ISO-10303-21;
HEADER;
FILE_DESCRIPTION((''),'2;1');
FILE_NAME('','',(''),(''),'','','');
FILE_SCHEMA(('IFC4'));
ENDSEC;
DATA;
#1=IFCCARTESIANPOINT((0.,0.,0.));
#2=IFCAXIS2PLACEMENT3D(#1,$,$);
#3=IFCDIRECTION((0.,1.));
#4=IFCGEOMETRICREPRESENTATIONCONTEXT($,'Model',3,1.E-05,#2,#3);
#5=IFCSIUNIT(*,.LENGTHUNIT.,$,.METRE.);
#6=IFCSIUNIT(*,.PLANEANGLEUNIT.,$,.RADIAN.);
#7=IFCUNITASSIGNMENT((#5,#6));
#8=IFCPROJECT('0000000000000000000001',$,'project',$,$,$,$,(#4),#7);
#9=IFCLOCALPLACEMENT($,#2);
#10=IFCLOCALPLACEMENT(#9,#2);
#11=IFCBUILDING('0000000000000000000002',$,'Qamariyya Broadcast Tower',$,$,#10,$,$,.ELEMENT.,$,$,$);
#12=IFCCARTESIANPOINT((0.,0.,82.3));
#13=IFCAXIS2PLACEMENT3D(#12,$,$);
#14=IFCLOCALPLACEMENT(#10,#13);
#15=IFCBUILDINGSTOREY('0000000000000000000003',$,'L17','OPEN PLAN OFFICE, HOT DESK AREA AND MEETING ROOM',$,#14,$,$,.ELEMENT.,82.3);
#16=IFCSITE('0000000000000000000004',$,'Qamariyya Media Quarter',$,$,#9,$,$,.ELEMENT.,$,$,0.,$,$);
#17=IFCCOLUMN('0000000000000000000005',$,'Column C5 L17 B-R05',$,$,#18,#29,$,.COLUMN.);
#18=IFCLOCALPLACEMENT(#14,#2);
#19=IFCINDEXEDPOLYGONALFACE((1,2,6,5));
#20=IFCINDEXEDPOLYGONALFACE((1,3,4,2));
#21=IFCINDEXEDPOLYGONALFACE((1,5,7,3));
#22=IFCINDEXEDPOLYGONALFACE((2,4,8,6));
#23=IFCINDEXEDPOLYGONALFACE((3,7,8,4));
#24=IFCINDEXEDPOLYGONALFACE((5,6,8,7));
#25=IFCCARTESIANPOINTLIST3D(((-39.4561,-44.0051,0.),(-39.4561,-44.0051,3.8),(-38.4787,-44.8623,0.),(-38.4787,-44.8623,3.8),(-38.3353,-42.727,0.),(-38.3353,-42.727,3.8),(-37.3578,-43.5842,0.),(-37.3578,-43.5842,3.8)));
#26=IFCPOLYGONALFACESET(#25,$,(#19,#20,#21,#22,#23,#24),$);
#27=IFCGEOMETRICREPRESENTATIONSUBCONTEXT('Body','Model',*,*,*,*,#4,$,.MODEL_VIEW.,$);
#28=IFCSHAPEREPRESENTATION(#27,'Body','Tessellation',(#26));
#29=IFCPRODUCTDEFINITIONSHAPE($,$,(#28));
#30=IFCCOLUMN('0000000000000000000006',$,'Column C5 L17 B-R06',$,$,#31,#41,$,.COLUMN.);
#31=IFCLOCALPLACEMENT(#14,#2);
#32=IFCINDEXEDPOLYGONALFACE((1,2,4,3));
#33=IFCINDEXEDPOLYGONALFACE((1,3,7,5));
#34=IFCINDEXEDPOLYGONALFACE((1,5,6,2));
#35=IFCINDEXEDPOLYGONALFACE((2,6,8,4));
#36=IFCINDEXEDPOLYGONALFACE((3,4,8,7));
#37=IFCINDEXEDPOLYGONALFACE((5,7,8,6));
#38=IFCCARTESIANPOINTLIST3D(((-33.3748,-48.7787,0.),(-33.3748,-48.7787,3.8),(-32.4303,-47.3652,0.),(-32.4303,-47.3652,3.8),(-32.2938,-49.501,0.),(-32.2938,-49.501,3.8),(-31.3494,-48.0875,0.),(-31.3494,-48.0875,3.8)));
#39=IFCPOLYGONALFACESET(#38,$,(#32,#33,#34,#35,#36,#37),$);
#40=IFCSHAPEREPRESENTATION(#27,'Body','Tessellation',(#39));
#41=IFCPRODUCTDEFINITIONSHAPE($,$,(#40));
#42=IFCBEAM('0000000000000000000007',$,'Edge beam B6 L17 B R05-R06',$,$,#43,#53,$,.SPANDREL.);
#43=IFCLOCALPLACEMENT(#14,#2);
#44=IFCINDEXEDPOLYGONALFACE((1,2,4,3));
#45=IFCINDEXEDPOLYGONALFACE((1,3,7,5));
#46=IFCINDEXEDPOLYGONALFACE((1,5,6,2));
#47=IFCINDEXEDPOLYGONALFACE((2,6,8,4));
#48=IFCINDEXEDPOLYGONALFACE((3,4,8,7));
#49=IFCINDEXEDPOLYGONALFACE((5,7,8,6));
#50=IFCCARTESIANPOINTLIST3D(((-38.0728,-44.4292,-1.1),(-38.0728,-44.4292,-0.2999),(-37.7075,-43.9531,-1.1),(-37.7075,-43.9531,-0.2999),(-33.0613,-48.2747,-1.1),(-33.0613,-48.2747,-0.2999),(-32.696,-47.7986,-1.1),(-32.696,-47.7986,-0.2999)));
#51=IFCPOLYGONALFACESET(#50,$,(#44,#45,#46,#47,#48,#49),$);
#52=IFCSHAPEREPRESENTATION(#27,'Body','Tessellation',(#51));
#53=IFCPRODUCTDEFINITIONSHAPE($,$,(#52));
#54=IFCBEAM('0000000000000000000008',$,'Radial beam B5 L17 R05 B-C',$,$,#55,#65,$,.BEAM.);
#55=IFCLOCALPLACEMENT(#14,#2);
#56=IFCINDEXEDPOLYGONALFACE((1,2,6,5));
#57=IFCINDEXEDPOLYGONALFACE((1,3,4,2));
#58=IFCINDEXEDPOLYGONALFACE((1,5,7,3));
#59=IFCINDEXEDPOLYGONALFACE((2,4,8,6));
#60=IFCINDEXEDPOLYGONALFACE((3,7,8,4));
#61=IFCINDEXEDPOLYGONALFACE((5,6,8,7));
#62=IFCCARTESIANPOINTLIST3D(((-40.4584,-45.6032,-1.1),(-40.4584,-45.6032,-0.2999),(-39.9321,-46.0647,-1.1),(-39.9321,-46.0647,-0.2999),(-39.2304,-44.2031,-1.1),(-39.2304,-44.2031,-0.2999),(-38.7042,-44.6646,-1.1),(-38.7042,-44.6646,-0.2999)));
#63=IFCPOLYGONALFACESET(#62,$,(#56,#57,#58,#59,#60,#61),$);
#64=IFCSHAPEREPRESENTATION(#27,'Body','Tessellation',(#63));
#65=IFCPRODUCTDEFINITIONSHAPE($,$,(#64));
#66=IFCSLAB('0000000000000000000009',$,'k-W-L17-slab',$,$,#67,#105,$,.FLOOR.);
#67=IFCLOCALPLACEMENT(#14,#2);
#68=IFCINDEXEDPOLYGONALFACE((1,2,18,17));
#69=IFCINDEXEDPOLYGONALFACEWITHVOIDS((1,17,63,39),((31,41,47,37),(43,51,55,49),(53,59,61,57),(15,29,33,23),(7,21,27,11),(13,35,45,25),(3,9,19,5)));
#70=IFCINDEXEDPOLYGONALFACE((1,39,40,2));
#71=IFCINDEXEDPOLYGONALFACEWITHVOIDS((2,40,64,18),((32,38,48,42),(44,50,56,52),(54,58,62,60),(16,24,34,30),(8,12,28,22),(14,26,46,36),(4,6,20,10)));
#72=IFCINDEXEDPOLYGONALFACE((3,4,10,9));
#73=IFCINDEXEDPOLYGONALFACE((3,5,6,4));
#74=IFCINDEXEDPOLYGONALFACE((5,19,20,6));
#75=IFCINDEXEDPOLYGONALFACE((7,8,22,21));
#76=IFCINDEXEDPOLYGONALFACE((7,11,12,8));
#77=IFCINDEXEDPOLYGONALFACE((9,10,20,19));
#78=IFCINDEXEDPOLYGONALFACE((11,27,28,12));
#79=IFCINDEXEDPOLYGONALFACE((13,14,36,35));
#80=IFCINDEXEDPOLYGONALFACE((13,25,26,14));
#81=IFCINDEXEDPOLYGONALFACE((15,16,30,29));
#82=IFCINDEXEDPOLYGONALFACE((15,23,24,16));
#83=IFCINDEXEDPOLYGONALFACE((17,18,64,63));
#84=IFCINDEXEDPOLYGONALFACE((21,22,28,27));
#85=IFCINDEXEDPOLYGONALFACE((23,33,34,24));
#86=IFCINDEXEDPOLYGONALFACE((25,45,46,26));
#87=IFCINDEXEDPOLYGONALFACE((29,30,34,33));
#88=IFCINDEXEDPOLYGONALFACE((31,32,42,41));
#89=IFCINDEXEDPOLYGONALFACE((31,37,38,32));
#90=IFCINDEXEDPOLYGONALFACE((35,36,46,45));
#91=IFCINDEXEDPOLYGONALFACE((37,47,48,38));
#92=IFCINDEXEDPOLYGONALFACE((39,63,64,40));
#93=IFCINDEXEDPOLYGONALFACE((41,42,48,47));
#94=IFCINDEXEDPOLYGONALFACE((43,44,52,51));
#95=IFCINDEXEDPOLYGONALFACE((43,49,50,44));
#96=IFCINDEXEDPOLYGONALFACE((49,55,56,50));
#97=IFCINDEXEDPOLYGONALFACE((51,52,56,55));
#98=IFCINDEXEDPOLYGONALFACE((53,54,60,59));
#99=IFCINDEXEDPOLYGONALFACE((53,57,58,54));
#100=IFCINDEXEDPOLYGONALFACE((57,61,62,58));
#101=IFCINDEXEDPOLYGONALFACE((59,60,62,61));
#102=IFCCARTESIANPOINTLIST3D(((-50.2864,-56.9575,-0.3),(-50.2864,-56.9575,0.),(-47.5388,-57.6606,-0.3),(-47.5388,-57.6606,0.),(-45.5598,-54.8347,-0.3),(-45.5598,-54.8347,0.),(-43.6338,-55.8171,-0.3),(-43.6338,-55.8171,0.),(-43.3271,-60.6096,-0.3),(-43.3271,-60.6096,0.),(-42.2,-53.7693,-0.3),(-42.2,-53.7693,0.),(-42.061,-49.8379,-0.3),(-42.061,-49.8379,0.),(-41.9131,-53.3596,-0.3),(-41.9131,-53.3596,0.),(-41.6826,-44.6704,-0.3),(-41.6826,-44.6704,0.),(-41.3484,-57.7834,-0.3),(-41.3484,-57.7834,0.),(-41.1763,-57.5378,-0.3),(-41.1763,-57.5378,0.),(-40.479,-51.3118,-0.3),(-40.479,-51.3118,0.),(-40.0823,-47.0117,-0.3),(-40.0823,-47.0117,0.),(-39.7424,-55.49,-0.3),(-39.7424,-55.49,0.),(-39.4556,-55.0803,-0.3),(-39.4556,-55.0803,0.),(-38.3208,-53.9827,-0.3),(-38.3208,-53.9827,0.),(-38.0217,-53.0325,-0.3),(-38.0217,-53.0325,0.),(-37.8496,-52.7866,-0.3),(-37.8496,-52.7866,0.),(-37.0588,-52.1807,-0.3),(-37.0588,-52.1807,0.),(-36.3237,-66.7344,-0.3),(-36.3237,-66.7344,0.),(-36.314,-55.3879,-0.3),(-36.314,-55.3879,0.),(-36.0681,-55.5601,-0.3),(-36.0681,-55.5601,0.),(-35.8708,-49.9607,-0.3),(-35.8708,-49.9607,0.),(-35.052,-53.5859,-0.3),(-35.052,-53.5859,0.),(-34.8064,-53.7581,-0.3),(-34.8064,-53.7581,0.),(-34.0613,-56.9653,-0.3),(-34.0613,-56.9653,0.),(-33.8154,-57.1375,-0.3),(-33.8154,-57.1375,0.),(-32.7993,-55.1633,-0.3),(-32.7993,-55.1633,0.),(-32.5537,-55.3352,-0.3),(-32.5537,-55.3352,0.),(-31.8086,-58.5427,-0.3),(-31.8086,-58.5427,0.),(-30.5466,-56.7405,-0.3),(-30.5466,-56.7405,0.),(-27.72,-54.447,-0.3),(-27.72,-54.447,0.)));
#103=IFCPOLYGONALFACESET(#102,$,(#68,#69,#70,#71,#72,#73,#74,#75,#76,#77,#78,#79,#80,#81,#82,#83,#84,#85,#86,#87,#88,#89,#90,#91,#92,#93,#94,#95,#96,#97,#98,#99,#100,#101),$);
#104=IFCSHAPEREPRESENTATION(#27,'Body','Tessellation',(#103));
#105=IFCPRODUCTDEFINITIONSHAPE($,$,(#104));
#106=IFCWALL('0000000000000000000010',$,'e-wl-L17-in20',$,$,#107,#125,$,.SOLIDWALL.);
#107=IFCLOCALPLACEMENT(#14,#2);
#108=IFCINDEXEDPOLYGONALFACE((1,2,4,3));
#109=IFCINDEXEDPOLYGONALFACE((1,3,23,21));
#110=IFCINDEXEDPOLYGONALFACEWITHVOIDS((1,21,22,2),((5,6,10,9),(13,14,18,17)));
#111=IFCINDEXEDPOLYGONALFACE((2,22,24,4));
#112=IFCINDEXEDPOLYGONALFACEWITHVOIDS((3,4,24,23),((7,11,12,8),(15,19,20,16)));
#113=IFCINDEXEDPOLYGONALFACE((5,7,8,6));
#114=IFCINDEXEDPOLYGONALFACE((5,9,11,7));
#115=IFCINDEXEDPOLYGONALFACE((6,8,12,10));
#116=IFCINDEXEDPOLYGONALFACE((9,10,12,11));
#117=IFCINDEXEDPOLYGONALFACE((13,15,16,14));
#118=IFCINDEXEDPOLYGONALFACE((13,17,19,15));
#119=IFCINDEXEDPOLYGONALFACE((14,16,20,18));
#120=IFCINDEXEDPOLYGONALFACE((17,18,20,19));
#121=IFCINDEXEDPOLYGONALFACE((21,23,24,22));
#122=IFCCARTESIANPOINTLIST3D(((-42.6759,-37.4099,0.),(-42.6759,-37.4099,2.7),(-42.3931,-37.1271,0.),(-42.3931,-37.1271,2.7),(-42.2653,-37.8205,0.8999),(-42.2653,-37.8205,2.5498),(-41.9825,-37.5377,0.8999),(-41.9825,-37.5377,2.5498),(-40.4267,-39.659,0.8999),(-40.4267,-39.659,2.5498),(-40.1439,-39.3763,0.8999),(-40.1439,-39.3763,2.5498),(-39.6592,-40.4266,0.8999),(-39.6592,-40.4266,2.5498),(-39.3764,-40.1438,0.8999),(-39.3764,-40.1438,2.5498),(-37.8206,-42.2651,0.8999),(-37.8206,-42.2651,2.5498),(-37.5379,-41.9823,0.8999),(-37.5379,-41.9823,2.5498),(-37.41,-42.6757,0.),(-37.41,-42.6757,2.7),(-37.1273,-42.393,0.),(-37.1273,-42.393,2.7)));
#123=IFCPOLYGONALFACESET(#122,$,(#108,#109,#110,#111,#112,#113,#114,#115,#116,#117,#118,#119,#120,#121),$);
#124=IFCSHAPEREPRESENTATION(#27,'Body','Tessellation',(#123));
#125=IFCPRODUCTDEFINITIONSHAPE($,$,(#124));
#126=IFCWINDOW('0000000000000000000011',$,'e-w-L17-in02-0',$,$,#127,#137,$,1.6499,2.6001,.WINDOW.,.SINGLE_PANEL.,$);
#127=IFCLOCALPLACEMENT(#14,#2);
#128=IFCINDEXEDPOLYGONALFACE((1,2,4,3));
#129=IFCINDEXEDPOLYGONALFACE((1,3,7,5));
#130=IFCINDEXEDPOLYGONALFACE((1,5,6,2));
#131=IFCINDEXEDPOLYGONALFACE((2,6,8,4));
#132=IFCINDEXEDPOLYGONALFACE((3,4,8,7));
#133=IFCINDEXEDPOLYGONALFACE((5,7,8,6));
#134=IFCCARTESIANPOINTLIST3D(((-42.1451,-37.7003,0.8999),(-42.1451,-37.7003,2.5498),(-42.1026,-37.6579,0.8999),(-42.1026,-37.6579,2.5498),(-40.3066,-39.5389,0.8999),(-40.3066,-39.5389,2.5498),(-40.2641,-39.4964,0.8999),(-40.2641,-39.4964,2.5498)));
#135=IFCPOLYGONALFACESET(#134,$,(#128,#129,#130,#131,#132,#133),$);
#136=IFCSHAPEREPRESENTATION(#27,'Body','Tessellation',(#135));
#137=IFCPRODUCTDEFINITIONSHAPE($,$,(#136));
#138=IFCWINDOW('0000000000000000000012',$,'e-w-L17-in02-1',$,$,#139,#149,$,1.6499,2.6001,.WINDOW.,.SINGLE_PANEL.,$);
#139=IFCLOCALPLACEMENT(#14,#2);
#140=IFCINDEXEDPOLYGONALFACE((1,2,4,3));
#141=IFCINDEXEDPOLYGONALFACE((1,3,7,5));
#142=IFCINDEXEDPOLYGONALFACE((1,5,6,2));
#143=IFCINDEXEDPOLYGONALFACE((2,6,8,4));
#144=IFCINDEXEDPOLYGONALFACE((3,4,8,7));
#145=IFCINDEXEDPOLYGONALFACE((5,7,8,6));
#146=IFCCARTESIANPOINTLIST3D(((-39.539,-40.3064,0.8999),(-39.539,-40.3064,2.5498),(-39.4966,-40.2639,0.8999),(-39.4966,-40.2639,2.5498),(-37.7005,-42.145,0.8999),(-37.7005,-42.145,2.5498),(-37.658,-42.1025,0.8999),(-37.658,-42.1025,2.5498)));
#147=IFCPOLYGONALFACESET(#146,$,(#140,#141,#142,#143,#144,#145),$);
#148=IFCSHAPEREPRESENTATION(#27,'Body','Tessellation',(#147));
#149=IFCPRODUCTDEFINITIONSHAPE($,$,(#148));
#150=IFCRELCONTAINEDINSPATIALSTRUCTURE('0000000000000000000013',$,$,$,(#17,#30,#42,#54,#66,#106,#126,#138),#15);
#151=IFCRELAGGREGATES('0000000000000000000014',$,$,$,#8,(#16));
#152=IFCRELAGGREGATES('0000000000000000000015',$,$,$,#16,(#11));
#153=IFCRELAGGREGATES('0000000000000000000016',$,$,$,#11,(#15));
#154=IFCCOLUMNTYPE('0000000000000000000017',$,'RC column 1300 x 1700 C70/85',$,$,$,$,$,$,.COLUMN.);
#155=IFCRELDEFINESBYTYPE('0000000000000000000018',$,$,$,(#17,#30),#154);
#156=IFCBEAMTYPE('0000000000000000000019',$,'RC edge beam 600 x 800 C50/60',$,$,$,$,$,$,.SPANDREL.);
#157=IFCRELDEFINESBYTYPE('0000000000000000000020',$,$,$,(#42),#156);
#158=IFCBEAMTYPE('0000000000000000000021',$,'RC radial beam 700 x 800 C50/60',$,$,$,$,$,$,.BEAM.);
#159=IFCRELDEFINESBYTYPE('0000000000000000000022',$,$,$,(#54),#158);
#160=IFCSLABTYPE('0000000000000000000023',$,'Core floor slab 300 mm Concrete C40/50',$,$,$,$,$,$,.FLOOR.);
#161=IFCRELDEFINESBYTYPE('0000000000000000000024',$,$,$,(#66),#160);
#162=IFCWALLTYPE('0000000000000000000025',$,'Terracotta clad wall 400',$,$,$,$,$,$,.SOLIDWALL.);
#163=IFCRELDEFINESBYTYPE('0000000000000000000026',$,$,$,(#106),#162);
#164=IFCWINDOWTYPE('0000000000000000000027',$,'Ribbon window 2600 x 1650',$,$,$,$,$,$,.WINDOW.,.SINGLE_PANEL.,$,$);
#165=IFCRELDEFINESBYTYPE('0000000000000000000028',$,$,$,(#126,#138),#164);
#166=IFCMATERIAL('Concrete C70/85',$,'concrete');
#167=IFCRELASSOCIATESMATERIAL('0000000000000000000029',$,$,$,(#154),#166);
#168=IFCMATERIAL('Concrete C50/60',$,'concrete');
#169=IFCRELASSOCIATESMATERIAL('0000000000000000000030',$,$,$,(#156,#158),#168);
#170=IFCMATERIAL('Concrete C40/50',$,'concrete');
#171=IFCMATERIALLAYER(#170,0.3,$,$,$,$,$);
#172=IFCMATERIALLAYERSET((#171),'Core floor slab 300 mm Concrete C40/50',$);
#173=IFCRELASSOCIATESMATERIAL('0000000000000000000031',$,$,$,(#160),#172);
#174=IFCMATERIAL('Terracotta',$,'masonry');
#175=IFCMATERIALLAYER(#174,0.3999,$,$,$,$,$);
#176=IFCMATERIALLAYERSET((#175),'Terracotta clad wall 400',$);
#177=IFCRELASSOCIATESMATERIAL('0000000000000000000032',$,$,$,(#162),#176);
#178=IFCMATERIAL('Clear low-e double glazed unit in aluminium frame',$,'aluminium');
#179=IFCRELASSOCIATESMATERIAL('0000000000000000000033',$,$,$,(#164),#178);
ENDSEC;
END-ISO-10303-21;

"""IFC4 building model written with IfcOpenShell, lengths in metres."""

from ifc_helpers import new_model, si_unit, direction, frame, frame_2d, origin, origin_2d, place, context, subcontext, project, spatial, polyline, rectangle, outline, extrude, material, layer, layer_set, material_profile, profile_set, type_object, element, fill, save


model = new_model("IFC4")

# Units and contexts
model_context = context("Model", 3, precision=1e-05, world=origin(), true_north=direction((0.0, 1.0)))
body_context = subcontext(model_context, "Body", "Model", "MODEL_VIEW")
ifc_project = project(units=[si_unit("LENGTHUNIT", "METRE"), si_unit("PLANEANGLEUNIT", "RADIAN")], contexts=[model_context])

# Site, building, storey
site_placement = place(None, origin())
site = spatial("IfcSite", under=ifc_project, at=site_placement, Name="Qamariyya Media Quarter", CompositionType="ELEMENT", RefElevation=0.0)
building_placement = place(site_placement, origin())
building = spatial("IfcBuilding", under=site, at=building_placement, Name="Qamariyya Broadcast Tower", CompositionType="ELEMENT")
storey_placement = place(building_placement, frame((0.0, 0.0, 82.3)))
storey = spatial("IfcBuildingStorey", under=building, at=storey_placement, Name="L17", Description="OPEN PLAN OFFICE, HOT DESK AREA AND MEETING ROOM", CompositionType="ELEMENT", Elevation=82.3)

# Columns
ifc_material_1 = material(Name="Concrete C70/85", Category="concrete")
ifc_material_profile_1 = material_profile(ifc_material_1, rectangle(XDim=1.3, YDim=1.7, at=origin_2d()))
ifc_profile_set_1 = profile_set([ifc_material_profile_1], Name="Concrete C70/85")
column_type = type_object("IfcColumnType", Name="RC column 1300 x 1700 C70/85", PredefinedType="COLUMN", material=ifc_profile_set_1)
for number, where, z_axis, x_axis, name in (
    (1, (-38.407, -43.7947, 0.0), (0.0, 0.0, 1.0), (0.75184, -0.659346, 0.0), "Column C5 L17 B-R05"),
    (2, (-32.3621, -48.4331, 0.0), (0.0, 0.0, 1.0), (0.83147, -0.55557, 0.0), "Column C5 L17 B-R06"),
):
    element("IfcColumn", number, at=place(storey_placement, frame(where, z_axis=z_axis, x_axis=x_axis)), inside=storey, type_object=column_type, Name=name, PredefinedType="COLUMN", context=body_context, shape_type="SweptSolid", body=[
        extrude(rectangle(XDim=1.3, YDim=1.7, at=origin_2d()), origin(), (0.0, 0.0, 1.0), 3.8),
    ])

# Beams
ifc_material_2 = material(Name="Concrete C50/60", Category="concrete")
ifc_material_profile_2 = material_profile(ifc_material_2, rectangle(XDim=0.6001, YDim=0.8, at=origin_2d()))
ifc_profile_set_2 = profile_set([ifc_material_profile_2], Name="Concrete C50/60")
beam_type_1 = type_object("IfcBeamType", Name="RC edge beam 600 x 800 C50/60", PredefinedType="SPANDREL", material=ifc_profile_set_2)
beam_1_placement = place(storey_placement, frame((-37.8901, -44.1912, -0.7), z_axis=(0.793352, -0.608763, 0.0), x_axis=(0.608763, 0.793352, 0.0)))
element("IfcBeam", 3, at=beam_1_placement, inside=storey, type_object=beam_type_1, Name="Edge beam B6 L17 B R05-R06", PredefinedType="SPANDREL", context=body_context, shape_type="SweptSolid", body=[
    extrude(rectangle(XDim=0.6001, YDim=0.8, at=origin_2d()), origin(), (0.0, 0.0, 1.0), 6.3169),
])
ifc_material_profile_3 = material_profile(ifc_material_2, rectangle(XDim=0.7, YDim=0.8, at=origin_2d()))
ifc_profile_set_3 = profile_set([ifc_material_profile_3], Name="Concrete C50/60")
beam_type_2 = type_object("IfcBeamType", Name="RC radial beam 700 x 800 C50/60", PredefinedType="BEAM", material=ifc_profile_set_3)
beam_2_placement = place(storey_placement, frame((-38.9673, -44.4338, -0.7), z_axis=(-0.659386, -0.751805, 0.0), x_axis=(0.751805, -0.659386, 0.0)))
element("IfcBeam", 4, at=beam_2_placement, inside=storey, type_object=beam_type_2, Name="Radial beam B5 L17 R05 B-C", PredefinedType="BEAM", context=body_context, shape_type="SweptSolid", body=[
    extrude(rectangle(XDim=0.7, YDim=0.8, at=origin_2d()), origin(), (0.0, 0.0, 1.0), 1.8623),
])

# Slab
ifc_material_3 = material(Name="Concrete C40/50", Category="concrete")
ifc_layer_1 = layer(ifc_material_3, 0.3)
ifc_layer_set_1 = layer_set([ifc_layer_1], Name="Core floor slab 300 mm Concrete C40/50")
slab_type_1 = type_object("IfcSlabType", Name="Core floor slab 300 mm Concrete C40/50", PredefinedType="FLOOR", material=ifc_layer_set_1)
slab_1_placement = place(storey_placement, frame((0.0, 0.0, -0.3)))
element("IfcSlab", 5, at=slab_1_placement, inside=storey, type_object=slab_type_1, Name="k-W-L17-slab", PredefinedType="FLOOR", context=body_context, shape_type="SweptSolid", body=[
    extrude(outline(polyline([(-50.2864, -56.9575), (-36.3237, -66.7344), (-27.72, -54.447), (-41.6826, -44.6704), (-50.2864, -56.9575)]), holes=[polyline([(-31.8086, -58.5427), (-33.8154, -57.1375), (-32.5537, -55.3352), (-30.5466, -56.7405), (-31.8086, -58.5427)]), polyline([(-34.0613, -56.9653), (-36.0681, -55.5601), (-34.8064, -53.7581), (-32.7993, -55.1633), (-34.0613, -56.9653)]), polyline([(-36.314, -55.3879), (-38.3208, -53.9827), (-37.0588, -52.1807), (-35.052, -53.5859), (-36.314, -55.3879)]), polyline([(-39.7424, -55.49), (-42.2, -53.7693), (-43.6338, -55.8171), (-41.1763, -57.5378), (-39.7424, -55.49)]), polyline([(-39.4556, -55.0803), (-41.9131, -53.3596), (-40.479, -51.3118), (-38.0217, -53.0325), (-39.4556, -55.0803)]), polyline([(-42.061, -49.8379), (-37.8496, -52.7866), (-35.8708, -49.9607), (-40.0823, -47.0117), (-42.061, -49.8379)]), polyline([(-47.5388, -57.6606), (-43.3271, -60.6096), (-41.3484, -57.7834), (-45.5598, -54.8347), (-47.5388, -57.6606)])]), origin(), (0.0, 0.0, 1.0), 0.3),
])

# Wall, openings, windows
ifc_material_4 = material(Name="Terracotta", Category="masonry")
ifc_layer_2 = layer(ifc_material_4, 0.3999)
ifc_layer_set_2 = layer_set([ifc_layer_2], Name="Terracotta clad wall 400")
wall_type = type_object("IfcWallType", Name="Terracotta clad wall 400", PredefinedType="SOLIDWALL", material=ifc_layer_set_2)
wall_1_placement = place(storey_placement, frame((-37.2686, -42.5344, 0.0), z_axis=(0.0, 0.0, 1.0), x_axis=(-0.707107, 0.707107, 0.0)))
wall_1 = element("IfcWall", 6, at=wall_1_placement, inside=storey, type_object=wall_type, Name="e-wl-L17-in20", PredefinedType="SOLIDWALL", context=body_context, shape_type="SweptSolid", body=[
    extrude(rectangle(XDim=7.447, YDim=0.3999, at=frame_2d((3.7236, 0.0))), origin(), (0.0, 0.0, 1.0), 2.7),
])
opening_1_placement = place(wall_1_placement, frame((4.2664, 0.0, 0.8999)))
opening_1 = element("IfcOpeningElement", 7, at=opening_1_placement, cuts=wall_1, PredefinedType="OPENING", context=body_context, shape_type="SweptSolid", body=[
    extrude(rectangle(XDim=2.6001, YDim=1.6499, at=frame_2d((1.3, 0.825))), frame((0.0, 0.21, 0.0), z_axis=(0.0, -1.0, 0.0), x_axis=(1.0, 0.0, 0.0)), (0.0, 0.0, 1.0), 0.4199),
])
opening_2_placement = place(wall_1_placement, frame((0.5808, 0.0, 0.8999)))
opening_2 = element("IfcOpeningElement", 8, at=opening_2_placement, cuts=wall_1, PredefinedType="OPENING", context=body_context, shape_type="SweptSolid", body=[
    extrude(rectangle(XDim=2.6001, YDim=1.6499, at=frame_2d((1.3, 0.825))), frame((0.0, 0.21, 0.0), z_axis=(0.0, -1.0, 0.0), x_axis=(1.0, 0.0, 0.0)), (0.0, 0.0, 1.0), 0.4199),
])
ifc_material_5 = material(Name="Clear low-e double glazed unit in aluminium frame", Category="aluminium")
window_type = type_object("IfcWindowType", Name="Ribbon window 2600 x 1650", PartitioningType="SINGLE_PANEL", PredefinedType="WINDOW", material=ifc_material_5)
window_1_placement = place(opening_1_placement, origin())
window_1 = element("IfcWindow", 9, at=window_1_placement, inside=storey, type_object=window_type, Name="e-w-L17-in02-0", OverallHeight=1.6499, OverallWidth=2.6001, PartitioningType="SINGLE_PANEL", PredefinedType="WINDOW", context=body_context, shape_type="SweptSolid", body=[
    extrude(rectangle(XDim=2.6001, YDim=1.6499, at=frame_2d((1.3, 0.825))), frame((0.0, 0.03, 0.0), z_axis=(0.0, -1.0, 0.0), x_axis=(1.0, 0.0, 0.0)), (0.0, 0.0, 1.0), 0.0601),
])
fill(opening_1, window_1)
window_2_placement = place(opening_2_placement, origin())
window_2 = element("IfcWindow", 10, at=window_2_placement, inside=storey, type_object=window_type, Name="e-w-L17-in02-1", OverallHeight=1.6499, OverallWidth=2.6001, PartitioningType="SINGLE_PANEL", PredefinedType="WINDOW", context=body_context, shape_type="SweptSolid", body=[
    extrude(rectangle(XDim=2.6001, YDim=1.6499, at=frame_2d((1.3, 0.825))), frame((0.0, 0.03, 0.0), z_axis=(0.0, -1.0, 0.0), x_axis=(1.0, 0.0, 0.0)), (0.0, 0.0, 1.0), 0.0601),
])
fill(opening_2, window_2)

save(model, "model.ifc")
